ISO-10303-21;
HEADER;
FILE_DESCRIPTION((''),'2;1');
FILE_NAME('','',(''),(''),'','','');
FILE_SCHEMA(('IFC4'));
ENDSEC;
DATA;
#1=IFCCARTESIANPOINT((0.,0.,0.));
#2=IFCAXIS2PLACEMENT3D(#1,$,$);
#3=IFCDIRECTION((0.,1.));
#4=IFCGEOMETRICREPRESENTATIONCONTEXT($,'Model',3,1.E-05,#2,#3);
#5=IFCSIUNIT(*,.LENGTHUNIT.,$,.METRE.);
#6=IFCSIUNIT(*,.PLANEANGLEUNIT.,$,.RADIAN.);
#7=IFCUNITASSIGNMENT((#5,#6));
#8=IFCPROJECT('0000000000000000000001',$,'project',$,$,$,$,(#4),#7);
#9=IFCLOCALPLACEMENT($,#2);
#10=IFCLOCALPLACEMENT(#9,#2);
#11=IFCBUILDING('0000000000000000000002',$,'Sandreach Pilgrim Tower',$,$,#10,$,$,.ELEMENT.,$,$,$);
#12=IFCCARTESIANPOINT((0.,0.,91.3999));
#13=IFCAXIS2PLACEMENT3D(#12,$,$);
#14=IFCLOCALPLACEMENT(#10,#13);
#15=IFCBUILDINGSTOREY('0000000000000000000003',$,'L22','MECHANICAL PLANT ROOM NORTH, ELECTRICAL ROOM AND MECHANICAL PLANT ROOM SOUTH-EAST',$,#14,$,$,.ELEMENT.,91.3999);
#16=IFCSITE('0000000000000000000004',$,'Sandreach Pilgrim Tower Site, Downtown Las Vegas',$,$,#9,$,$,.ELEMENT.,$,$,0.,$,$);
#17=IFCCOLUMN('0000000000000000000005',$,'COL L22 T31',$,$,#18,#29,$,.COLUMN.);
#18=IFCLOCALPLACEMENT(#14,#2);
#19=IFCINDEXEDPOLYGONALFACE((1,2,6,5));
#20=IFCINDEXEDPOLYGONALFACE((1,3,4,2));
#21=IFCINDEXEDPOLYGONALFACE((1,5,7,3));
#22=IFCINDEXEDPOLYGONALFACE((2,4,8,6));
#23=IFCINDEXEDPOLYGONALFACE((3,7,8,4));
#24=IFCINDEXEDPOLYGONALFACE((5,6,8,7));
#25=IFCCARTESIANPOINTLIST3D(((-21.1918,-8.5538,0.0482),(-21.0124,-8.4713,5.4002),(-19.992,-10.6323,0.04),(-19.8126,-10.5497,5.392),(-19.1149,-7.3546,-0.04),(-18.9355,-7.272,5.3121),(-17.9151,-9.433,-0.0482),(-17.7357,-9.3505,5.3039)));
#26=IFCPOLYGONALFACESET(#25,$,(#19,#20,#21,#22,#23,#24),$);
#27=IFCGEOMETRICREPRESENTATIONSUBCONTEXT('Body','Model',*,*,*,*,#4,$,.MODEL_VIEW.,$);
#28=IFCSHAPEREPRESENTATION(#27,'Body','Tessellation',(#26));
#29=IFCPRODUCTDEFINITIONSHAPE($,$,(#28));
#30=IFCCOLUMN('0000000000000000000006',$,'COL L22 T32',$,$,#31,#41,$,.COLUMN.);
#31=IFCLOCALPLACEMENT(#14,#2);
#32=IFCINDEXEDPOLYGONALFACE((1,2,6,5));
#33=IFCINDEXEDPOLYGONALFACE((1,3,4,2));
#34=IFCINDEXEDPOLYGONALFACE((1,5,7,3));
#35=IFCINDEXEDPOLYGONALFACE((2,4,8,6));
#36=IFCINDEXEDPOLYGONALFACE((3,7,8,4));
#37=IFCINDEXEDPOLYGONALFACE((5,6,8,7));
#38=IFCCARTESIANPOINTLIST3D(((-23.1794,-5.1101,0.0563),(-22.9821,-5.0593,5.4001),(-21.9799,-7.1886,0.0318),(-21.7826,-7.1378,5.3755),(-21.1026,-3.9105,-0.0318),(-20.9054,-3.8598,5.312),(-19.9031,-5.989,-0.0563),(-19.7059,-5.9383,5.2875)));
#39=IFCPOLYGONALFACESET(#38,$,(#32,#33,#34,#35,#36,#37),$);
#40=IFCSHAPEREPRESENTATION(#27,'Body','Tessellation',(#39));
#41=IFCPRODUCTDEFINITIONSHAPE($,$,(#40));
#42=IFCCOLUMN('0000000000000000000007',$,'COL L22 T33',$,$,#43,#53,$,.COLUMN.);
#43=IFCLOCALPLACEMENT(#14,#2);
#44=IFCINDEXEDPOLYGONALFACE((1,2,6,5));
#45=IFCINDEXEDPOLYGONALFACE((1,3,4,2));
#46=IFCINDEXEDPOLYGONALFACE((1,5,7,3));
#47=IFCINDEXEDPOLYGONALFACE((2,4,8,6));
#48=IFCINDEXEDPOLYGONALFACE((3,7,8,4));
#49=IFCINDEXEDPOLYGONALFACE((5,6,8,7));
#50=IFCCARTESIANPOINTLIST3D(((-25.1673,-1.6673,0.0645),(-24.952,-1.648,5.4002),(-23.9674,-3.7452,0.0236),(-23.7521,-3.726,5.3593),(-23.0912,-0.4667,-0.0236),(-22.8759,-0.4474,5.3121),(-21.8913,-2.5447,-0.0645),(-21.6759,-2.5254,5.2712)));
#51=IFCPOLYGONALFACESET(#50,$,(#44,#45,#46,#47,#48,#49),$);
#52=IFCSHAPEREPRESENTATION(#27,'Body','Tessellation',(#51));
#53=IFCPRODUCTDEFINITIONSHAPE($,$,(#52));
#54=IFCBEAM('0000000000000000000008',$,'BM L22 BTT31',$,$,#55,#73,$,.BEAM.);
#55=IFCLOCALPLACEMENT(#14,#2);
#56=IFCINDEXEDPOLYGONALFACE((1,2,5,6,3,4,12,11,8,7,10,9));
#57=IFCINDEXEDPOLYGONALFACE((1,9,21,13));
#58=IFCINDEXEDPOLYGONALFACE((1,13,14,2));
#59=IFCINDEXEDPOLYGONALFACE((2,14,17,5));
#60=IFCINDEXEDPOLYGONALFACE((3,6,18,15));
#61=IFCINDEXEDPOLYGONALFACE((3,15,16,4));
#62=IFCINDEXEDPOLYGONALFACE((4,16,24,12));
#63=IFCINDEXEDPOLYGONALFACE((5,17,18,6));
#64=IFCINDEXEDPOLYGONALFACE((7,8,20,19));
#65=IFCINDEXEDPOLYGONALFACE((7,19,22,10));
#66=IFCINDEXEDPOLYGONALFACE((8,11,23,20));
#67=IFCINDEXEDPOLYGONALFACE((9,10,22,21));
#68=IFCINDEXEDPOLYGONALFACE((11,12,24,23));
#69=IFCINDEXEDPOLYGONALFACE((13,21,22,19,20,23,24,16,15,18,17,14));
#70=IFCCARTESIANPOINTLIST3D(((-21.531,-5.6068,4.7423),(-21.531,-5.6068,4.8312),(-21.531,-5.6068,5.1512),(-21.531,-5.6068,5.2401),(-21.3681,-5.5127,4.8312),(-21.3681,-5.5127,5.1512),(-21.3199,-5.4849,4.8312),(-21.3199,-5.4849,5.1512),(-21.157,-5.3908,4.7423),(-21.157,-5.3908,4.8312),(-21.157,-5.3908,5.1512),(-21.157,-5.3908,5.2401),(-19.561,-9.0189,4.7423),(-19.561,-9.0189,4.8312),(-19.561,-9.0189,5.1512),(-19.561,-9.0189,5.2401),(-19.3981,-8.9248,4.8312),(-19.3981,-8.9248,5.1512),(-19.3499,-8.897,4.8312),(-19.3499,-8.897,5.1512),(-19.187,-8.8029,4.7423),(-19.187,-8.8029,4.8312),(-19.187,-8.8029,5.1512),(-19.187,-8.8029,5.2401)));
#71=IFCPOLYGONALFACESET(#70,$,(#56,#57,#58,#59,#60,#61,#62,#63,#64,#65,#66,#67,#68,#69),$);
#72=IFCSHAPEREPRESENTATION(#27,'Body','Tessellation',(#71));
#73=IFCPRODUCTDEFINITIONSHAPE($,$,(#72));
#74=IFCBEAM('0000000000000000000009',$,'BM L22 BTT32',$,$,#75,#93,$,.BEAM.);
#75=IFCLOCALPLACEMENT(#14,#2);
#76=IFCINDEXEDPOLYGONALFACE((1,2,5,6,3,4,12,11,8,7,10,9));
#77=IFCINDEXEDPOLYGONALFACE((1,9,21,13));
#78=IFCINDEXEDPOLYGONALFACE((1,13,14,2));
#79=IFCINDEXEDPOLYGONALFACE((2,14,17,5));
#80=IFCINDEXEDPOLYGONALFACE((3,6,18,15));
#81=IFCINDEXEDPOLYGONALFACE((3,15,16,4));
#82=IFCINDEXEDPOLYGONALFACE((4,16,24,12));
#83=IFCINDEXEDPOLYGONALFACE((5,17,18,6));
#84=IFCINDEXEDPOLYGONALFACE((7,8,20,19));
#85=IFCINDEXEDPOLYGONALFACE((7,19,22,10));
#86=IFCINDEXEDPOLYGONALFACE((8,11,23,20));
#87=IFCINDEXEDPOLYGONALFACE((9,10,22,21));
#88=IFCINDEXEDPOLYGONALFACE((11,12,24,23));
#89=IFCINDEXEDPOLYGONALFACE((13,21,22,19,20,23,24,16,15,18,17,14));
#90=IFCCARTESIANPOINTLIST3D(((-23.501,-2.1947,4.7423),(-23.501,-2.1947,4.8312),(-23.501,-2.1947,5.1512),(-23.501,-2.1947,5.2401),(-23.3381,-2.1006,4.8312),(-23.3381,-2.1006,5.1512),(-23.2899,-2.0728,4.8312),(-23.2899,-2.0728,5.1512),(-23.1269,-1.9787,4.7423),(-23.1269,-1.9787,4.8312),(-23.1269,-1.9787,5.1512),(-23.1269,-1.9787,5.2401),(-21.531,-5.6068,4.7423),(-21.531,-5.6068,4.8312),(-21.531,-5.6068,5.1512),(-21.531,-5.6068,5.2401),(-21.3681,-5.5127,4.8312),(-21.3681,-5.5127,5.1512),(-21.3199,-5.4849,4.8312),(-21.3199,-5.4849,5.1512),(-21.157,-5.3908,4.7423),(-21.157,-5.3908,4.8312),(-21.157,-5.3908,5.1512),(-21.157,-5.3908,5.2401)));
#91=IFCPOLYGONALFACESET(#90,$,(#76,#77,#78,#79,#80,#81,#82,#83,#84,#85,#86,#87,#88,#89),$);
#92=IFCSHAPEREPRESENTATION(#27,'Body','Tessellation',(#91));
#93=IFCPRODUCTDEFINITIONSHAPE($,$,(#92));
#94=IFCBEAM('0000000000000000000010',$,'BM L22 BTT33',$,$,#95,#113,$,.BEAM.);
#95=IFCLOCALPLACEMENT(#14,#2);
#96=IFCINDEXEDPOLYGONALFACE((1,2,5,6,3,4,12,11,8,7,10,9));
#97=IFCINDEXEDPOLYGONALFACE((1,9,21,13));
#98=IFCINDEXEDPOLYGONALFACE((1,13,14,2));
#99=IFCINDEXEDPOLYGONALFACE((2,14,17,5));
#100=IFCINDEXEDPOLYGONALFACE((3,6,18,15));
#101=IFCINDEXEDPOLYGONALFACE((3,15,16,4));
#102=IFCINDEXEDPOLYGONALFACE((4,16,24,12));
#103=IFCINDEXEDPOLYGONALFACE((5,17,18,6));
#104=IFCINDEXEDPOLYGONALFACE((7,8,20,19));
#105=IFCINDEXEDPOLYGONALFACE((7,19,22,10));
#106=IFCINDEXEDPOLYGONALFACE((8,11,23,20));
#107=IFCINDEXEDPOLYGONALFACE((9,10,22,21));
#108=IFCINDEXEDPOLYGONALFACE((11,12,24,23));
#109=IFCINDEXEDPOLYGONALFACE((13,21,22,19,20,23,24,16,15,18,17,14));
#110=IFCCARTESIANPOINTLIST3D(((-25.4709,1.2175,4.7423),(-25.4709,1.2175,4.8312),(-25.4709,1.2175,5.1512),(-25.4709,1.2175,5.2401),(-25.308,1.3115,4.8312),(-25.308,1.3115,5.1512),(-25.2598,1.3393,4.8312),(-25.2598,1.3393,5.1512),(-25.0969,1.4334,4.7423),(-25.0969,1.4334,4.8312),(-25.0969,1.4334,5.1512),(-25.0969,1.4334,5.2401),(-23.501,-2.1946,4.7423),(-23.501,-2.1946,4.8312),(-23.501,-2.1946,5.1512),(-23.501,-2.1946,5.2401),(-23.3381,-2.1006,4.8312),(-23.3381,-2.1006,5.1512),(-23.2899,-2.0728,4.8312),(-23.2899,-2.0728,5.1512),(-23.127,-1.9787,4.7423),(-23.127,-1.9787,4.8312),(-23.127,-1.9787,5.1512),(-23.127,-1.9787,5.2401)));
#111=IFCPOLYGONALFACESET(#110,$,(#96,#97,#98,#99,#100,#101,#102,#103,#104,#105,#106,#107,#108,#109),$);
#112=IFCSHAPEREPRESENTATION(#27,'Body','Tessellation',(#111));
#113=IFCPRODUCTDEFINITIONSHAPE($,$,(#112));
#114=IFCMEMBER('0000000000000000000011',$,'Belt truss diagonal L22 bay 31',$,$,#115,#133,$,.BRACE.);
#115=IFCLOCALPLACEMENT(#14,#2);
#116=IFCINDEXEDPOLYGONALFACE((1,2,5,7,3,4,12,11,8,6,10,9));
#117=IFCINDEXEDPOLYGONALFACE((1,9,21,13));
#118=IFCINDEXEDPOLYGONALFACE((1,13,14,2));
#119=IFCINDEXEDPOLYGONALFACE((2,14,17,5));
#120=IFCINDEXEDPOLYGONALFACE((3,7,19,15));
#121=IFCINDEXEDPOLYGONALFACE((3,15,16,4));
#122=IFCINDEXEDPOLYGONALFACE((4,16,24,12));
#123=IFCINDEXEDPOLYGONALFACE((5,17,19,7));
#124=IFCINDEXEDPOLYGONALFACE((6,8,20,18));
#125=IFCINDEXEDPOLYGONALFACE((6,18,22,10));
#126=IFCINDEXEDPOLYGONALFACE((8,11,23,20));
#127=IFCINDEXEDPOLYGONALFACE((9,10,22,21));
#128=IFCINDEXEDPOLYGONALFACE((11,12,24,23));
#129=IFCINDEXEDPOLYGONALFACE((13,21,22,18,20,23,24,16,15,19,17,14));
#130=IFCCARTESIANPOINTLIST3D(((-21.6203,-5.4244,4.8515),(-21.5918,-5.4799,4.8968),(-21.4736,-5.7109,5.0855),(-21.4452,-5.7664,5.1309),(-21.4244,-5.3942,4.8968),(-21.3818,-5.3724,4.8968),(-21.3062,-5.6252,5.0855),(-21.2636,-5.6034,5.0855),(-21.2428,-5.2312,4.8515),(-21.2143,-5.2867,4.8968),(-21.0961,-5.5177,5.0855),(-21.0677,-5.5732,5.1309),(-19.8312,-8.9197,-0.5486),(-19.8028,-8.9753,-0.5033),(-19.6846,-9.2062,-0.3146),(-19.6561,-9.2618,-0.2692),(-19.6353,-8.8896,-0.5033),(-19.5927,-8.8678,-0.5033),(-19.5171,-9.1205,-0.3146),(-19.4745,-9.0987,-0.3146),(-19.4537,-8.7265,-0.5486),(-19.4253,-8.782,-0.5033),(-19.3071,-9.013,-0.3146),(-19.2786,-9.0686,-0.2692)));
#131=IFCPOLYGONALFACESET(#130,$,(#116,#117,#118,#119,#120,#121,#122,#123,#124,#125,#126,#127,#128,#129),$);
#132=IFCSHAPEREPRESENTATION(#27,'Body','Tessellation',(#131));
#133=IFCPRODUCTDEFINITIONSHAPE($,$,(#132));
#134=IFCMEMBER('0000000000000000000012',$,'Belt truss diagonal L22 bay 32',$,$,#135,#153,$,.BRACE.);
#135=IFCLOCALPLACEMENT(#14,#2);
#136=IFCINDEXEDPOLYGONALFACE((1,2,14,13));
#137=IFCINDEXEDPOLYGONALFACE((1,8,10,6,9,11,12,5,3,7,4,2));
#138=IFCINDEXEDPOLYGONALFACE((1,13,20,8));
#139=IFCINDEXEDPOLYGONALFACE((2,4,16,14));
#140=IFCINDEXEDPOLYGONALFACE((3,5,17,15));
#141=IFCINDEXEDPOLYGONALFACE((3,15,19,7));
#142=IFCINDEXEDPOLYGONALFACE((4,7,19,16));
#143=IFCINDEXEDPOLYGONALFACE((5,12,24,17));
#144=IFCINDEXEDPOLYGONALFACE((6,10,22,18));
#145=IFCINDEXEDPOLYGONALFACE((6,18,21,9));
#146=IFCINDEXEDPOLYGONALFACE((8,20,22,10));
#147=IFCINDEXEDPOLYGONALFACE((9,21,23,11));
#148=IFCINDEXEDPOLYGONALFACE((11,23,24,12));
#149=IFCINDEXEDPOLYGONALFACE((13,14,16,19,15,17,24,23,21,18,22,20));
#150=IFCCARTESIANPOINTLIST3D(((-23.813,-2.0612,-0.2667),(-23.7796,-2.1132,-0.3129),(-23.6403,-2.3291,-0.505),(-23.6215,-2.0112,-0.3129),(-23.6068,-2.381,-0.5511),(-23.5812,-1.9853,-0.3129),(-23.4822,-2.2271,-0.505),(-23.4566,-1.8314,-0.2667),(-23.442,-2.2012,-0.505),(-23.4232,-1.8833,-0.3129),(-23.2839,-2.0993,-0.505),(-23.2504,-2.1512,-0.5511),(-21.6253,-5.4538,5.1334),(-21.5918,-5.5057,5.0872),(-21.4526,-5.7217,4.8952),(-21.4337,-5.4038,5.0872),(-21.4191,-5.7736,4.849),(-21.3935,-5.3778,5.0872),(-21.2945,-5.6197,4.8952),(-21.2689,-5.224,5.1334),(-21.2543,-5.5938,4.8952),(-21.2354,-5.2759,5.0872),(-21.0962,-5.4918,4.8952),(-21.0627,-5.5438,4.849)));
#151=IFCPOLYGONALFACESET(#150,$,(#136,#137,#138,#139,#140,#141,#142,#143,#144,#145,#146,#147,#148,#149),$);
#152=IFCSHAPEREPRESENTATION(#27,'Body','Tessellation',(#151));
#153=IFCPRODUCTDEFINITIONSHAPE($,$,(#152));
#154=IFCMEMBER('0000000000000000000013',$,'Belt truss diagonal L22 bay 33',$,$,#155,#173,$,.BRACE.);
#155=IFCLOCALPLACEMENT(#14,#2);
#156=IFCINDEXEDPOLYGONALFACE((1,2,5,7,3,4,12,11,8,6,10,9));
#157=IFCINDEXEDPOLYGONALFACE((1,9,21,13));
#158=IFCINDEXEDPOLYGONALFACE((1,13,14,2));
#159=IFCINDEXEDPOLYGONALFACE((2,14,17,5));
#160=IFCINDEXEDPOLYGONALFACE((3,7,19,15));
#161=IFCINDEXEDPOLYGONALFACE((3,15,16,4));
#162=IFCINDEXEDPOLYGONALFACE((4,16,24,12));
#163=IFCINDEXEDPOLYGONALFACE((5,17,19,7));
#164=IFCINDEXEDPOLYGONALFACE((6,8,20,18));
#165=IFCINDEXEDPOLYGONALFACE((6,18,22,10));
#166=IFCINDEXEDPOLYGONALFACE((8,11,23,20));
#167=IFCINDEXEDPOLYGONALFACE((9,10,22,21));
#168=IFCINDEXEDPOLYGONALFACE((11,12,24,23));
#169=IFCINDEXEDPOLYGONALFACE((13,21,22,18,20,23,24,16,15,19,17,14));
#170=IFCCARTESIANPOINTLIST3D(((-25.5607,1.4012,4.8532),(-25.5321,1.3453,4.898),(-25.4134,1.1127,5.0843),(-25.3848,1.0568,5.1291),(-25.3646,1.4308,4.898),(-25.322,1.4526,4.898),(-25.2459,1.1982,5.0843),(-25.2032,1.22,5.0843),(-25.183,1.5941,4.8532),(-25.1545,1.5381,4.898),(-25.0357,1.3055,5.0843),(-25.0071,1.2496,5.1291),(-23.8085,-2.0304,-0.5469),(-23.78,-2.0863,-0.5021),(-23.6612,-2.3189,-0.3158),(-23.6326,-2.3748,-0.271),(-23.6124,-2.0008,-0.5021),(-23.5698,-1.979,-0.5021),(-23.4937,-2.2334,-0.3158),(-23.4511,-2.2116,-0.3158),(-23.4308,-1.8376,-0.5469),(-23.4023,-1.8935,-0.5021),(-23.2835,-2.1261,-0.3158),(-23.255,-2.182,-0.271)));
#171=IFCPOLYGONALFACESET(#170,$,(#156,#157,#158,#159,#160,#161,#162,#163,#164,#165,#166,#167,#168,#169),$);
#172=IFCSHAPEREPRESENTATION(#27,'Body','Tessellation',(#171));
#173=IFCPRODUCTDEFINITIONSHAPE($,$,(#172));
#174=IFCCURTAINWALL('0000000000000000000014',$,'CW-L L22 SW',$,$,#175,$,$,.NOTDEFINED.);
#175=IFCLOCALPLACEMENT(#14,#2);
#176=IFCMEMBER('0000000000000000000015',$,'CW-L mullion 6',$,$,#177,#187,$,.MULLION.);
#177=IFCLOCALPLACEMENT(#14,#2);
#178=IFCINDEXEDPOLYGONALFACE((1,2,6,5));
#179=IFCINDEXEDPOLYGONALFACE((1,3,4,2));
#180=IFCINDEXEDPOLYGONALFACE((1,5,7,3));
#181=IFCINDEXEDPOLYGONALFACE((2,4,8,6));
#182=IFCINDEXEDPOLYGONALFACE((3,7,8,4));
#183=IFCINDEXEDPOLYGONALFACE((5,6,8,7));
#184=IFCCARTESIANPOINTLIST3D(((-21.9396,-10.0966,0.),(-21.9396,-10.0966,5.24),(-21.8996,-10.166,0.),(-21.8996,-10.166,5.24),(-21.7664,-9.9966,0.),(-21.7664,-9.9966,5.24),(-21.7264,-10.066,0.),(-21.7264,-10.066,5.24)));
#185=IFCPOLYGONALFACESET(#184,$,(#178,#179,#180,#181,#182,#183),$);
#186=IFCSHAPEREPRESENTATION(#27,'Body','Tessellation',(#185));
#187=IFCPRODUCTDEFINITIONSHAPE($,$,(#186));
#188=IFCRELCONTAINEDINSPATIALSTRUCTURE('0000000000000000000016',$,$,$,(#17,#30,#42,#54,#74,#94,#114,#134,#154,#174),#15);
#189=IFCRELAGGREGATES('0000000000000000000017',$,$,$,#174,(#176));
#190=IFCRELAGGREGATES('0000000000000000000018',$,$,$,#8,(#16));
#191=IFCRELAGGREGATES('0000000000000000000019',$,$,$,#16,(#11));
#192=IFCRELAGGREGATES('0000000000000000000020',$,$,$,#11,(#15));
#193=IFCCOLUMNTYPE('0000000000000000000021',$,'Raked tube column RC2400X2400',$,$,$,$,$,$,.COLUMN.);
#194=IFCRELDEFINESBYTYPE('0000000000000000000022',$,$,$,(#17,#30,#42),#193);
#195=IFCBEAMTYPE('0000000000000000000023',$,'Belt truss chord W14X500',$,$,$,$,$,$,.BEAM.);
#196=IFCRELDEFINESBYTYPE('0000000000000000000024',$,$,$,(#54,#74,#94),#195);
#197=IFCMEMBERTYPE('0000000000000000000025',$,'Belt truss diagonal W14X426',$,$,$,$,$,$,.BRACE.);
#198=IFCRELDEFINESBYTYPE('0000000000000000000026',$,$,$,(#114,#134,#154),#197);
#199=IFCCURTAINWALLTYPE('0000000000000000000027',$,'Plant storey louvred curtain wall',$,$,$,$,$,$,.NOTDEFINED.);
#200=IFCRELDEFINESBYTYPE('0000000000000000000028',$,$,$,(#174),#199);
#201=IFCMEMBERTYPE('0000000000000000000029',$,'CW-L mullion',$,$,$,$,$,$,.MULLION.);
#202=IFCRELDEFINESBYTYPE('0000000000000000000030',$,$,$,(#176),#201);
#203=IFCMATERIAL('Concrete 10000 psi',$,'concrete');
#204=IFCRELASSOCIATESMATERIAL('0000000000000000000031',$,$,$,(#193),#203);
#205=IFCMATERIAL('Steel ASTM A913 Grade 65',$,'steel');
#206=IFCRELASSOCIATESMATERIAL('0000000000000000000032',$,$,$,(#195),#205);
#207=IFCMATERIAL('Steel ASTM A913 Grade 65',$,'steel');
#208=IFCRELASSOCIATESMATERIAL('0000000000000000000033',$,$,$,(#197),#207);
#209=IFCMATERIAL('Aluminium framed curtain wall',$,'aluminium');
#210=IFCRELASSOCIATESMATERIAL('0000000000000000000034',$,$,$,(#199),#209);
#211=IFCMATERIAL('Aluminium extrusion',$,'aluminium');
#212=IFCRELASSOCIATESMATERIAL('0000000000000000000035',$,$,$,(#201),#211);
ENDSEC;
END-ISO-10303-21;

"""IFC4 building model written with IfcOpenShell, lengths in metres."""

from ifc_helpers import new_model, si_unit, direction, frame, origin, origin_2d, place, context, subcontext, project, spatial, rectangle, i_section, extrude, material, material_profile, profile_set, type_object, element, aggregate, save


model = new_model("IFC4")

# Units and contexts
model_context = context("Model", 3, precision=1e-05, world=origin(), true_north=direction((0.0, 1.0)))
body_context = subcontext(model_context, "Body", "Model", "MODEL_VIEW")
ifc_project = project(units=[si_unit("LENGTHUNIT", "METRE"), si_unit("PLANEANGLEUNIT", "RADIAN")], contexts=[model_context])

# Site, building, storey
site_placement = place(None, origin())
site = spatial("IfcSite", under=ifc_project, at=site_placement, Name="Sandreach Pilgrim Tower Site, Downtown Las Vegas", CompositionType="ELEMENT", RefElevation=0.0)
building_placement = place(site_placement, origin())
building = spatial("IfcBuilding", under=site, at=building_placement, Name="Sandreach Pilgrim Tower", CompositionType="ELEMENT")
storey_placement = place(building_placement, frame((0.0, 0.0, 91.3999)))
storey = spatial("IfcBuildingStorey", under=building, at=storey_placement, Name="L22", Description="MECHANICAL PLANT ROOM NORTH, ELECTRICAL ROOM AND MECHANICAL PLANT ROOM SOUTH-EAST", CompositionType="ELEMENT", Elevation=91.3999)

# Columns
ifc_material_1 = material(Name="Concrete 10000 psi", Category="concrete")
ifc_material_profile_1 = material_profile(ifc_material_1, rectangle(XDim=2.3999, YDim=2.3999, at=origin_2d()), Name="RC2400X2400")
ifc_profile_set_1 = profile_set([ifc_material_profile_1], Name="Concrete 10000 psi")
column_type = type_object("IfcColumnType", Name="Raked tube column RC2400X2400", PredefinedType="COLUMN", material=ifc_profile_set_1)
column_1_placement = place(storey_placement, frame((-19.5535, -8.9934, 0.0), z_axis=(0.033505, 0.015408, 0.99932), x_axis=(-0.86541, -0.499718, 0.03672)))
element("IfcColumn", 1, at=column_1_placement, inside=storey, type_object=column_type, Name="COL L22 T31", PredefinedType="COLUMN", context=body_context, shape_type="SweptSolid", body=[
    extrude(rectangle(XDim=2.3999, YDim=2.3999, at=origin_2d()), origin(), (0.0, 0.0, 1.0), 5.3557),
])
column_2_placement = place(storey_placement, frame((-21.5413, -5.5496, 0.0), z_axis=(0.036888, 0.009496, 0.999274), x_axis=(-0.865348, -0.499826, 0.036694)))
element("IfcColumn", 2, at=column_2_placement, inside=storey, type_object=column_type, Name="COL L22 T32", PredefinedType="COLUMN", context=body_context, shape_type="SweptSolid", body=[
    extrude(rectangle(XDim=2.3999, YDim=2.3999, at=origin_2d()), origin(), (0.0, 0.0, 1.0), 5.3477),
])
column_3_placement = place(storey_placement, frame((-23.5293, -2.106, 0.0), z_axis=(0.040324, 0.003612, 0.99918), x_axis=(-0.865095, -0.500262, 0.036721)))
element("IfcColumn", 3, at=column_3_placement, inside=storey, type_object=column_type, Name="COL L22 T33", PredefinedType="COLUMN", context=body_context, shape_type="SweptSolid", body=[
    extrude(rectangle(XDim=2.3999, YDim=2.3999, at=origin_2d()), origin(), (0.0, 0.0, 1.0), 5.3401),
])

# Beams
ifc_material_2 = material(Name="Steel ASTM A913 Grade 65", Category="steel")
ifc_material_profile_2 = material_profile(ifc_material_2, i_section(OverallWidth=0.4319, OverallDepth=0.4978, WebThickness=0.0557, FlangeThickness=0.0889, at=origin_2d()), Name="W14X500")
ifc_profile_set_2 = profile_set([ifc_material_profile_2], Name="Steel ASTM A913 Grade 65")
beam_type_1 = type_object("IfcBeamType", Name="Belt truss chord W14X500", PredefinedType="BEAM", material=ifc_profile_set_2)
for number, where, z_axis, x_axis, name in (
    (4, (-19.374, -8.9109, 4.9912), (-0.499998, 0.866027, 0.0), (-0.866027, -0.499998, 0.0), "BM L22 BTT31"),
    (5, (-21.344, -5.4988, 4.9912), (-0.499998, 0.866027, 0.0), (-0.866027, -0.499998, 0.0), "BM L22 BTT32"),
    (6, (-23.314, -2.0867, 4.9912), (-0.499998, 0.866027, 0.0), (-0.866027, -0.499998, 0.0), "BM L22 BTT33"),
):
    element("IfcBeam", number, at=place(storey_placement, frame(where, z_axis=z_axis, x_axis=x_axis)), inside=storey, type_object=beam_type_1, Name=name, PredefinedType="BEAM", context=body_context, shape_type="SweptSolid", body=[
        extrude(i_section(OverallWidth=0.4319, OverallDepth=0.4978, WebThickness=0.0557, FlangeThickness=0.0889, at=origin_2d()), origin(), (0.0, 0.0, 1.0), 3.9399),
    ])

# Members
ifc_material_3 = material(Name="Steel ASTM A913 Grade 65", Category="steel")
ifc_material_profile_3 = material_profile(ifc_material_3, i_section(OverallWidth=0.4241, OverallDepth=0.4751, WebThickness=0.0479, FlangeThickness=0.0771, at=origin_2d()), Name="W14X426")
ifc_profile_set_3 = profile_set([ifc_material_profile_3], Name="Steel ASTM A913 Grade 65")
member_type_1 = type_object("IfcMemberType", Name="Belt truss diagonal W14X426", PredefinedType="BRACE", material=ifc_profile_set_3)
member_1_placement = place(storey_placement, frame((-19.5549, -8.9941, -0.4089), z_axis=(-0.267951, 0.523507, 0.808791), x_axis=(-0.890172, -0.455625, 0.0)))
element("IfcMember", 7, at=member_1_placement, inside=storey, type_object=member_type_1, Name="Belt truss diagonal L22 bay 31", PredefinedType="BRACE", context=body_context, shape_type="SweptSolid", body=[
    extrude(i_section(OverallWidth=0.4241, OverallDepth=0.4751, WebThickness=0.0479, FlangeThickness=0.0771, at=origin_2d()), origin(), (0.0, 0.0, 1.0), 6.6768),
])
member_2_placement = place(storey_placement, frame((-21.344, -5.4988, 4.9912), z_axis=(-0.324485, 0.503185, -0.800946), x_axis=(-0.840411, -0.541949, 0.0)))
element("IfcMember", 8, at=member_2_placement, inside=storey, type_object=member_type_1, Name="Belt truss diagonal L22 bay 32", PredefinedType="BRACE", context=body_context, shape_type="SweptSolid", body=[
    extrude(i_section(OverallWidth=0.4241, OverallDepth=0.4751, WebThickness=0.0479, FlangeThickness=0.0771, at=origin_2d()), origin(), (0.0, 0.0, 1.0), 6.7422),
])
member_3_placement = place(storey_placement, frame((-23.5317, -2.1062, -0.4089), z_axis=(-0.26413, 0.517293, 0.814029), x_axis=(-0.890619, -0.45475, 0.0)))
element("IfcMember", 9, at=member_3_placement, inside=storey, type_object=member_type_1, Name="Belt truss diagonal L22 bay 33", PredefinedType="BRACE", context=body_context, shape_type="SweptSolid", body=[
    extrude(i_section(OverallWidth=0.4241, OverallDepth=0.4751, WebThickness=0.0479, FlangeThickness=0.0771, at=origin_2d()), origin(), (0.0, 0.0, 1.0), 6.6338),
])

# Curtain wall, member
ifc_material_4 = material(Name="Aluminium framed curtain wall", Category="aluminium")
curtain_wall_type = type_object("IfcCurtainWallType", Name="Plant storey louvred curtain wall", PredefinedType="NOTDEFINED", material=ifc_material_4)
curtain_wall_placement = place(storey_placement, origin())
curtain_wall = element("IfcCurtainWall", 10, at=curtain_wall_placement, inside=storey, type_object=curtain_wall_type, Name="CW-L L22 SW", PredefinedType="NOTDEFINED")
ifc_material_5 = material(Name="Aluminium extrusion", Category="aluminium")
ifc_material_profile_4 = material_profile(ifc_material_5, rectangle(XDim=0.0801, YDim=0.2, at=origin_2d()), Name="CW-LM 80X200")
ifc_profile_set_4 = profile_set([ifc_material_profile_4], Name="Aluminium extrusion")
member_type_2 = type_object("IfcMemberType", Name="CW-L mullion", PredefinedType="MULLION", material=ifc_profile_set_4)
member_4_placement = place(storey_placement, frame((-21.833, -10.0813, 0.0), z_axis=(0.0, 0.0, 1.0), x_axis=(-0.5, 0.866025, 0.0)))
member_4 = element("IfcMember", 11, at=member_4_placement, type_object=member_type_2, Name="CW-L mullion 6", PredefinedType="MULLION", context=body_context, shape_type="SweptSolid", body=[
    extrude(rectangle(XDim=0.0801, YDim=0.2, at=origin_2d()), origin(), (0.0, 0.0, 1.0), 5.24),
])

aggregate(curtain_wall, [member_4])

save(model, "model.ifc")
